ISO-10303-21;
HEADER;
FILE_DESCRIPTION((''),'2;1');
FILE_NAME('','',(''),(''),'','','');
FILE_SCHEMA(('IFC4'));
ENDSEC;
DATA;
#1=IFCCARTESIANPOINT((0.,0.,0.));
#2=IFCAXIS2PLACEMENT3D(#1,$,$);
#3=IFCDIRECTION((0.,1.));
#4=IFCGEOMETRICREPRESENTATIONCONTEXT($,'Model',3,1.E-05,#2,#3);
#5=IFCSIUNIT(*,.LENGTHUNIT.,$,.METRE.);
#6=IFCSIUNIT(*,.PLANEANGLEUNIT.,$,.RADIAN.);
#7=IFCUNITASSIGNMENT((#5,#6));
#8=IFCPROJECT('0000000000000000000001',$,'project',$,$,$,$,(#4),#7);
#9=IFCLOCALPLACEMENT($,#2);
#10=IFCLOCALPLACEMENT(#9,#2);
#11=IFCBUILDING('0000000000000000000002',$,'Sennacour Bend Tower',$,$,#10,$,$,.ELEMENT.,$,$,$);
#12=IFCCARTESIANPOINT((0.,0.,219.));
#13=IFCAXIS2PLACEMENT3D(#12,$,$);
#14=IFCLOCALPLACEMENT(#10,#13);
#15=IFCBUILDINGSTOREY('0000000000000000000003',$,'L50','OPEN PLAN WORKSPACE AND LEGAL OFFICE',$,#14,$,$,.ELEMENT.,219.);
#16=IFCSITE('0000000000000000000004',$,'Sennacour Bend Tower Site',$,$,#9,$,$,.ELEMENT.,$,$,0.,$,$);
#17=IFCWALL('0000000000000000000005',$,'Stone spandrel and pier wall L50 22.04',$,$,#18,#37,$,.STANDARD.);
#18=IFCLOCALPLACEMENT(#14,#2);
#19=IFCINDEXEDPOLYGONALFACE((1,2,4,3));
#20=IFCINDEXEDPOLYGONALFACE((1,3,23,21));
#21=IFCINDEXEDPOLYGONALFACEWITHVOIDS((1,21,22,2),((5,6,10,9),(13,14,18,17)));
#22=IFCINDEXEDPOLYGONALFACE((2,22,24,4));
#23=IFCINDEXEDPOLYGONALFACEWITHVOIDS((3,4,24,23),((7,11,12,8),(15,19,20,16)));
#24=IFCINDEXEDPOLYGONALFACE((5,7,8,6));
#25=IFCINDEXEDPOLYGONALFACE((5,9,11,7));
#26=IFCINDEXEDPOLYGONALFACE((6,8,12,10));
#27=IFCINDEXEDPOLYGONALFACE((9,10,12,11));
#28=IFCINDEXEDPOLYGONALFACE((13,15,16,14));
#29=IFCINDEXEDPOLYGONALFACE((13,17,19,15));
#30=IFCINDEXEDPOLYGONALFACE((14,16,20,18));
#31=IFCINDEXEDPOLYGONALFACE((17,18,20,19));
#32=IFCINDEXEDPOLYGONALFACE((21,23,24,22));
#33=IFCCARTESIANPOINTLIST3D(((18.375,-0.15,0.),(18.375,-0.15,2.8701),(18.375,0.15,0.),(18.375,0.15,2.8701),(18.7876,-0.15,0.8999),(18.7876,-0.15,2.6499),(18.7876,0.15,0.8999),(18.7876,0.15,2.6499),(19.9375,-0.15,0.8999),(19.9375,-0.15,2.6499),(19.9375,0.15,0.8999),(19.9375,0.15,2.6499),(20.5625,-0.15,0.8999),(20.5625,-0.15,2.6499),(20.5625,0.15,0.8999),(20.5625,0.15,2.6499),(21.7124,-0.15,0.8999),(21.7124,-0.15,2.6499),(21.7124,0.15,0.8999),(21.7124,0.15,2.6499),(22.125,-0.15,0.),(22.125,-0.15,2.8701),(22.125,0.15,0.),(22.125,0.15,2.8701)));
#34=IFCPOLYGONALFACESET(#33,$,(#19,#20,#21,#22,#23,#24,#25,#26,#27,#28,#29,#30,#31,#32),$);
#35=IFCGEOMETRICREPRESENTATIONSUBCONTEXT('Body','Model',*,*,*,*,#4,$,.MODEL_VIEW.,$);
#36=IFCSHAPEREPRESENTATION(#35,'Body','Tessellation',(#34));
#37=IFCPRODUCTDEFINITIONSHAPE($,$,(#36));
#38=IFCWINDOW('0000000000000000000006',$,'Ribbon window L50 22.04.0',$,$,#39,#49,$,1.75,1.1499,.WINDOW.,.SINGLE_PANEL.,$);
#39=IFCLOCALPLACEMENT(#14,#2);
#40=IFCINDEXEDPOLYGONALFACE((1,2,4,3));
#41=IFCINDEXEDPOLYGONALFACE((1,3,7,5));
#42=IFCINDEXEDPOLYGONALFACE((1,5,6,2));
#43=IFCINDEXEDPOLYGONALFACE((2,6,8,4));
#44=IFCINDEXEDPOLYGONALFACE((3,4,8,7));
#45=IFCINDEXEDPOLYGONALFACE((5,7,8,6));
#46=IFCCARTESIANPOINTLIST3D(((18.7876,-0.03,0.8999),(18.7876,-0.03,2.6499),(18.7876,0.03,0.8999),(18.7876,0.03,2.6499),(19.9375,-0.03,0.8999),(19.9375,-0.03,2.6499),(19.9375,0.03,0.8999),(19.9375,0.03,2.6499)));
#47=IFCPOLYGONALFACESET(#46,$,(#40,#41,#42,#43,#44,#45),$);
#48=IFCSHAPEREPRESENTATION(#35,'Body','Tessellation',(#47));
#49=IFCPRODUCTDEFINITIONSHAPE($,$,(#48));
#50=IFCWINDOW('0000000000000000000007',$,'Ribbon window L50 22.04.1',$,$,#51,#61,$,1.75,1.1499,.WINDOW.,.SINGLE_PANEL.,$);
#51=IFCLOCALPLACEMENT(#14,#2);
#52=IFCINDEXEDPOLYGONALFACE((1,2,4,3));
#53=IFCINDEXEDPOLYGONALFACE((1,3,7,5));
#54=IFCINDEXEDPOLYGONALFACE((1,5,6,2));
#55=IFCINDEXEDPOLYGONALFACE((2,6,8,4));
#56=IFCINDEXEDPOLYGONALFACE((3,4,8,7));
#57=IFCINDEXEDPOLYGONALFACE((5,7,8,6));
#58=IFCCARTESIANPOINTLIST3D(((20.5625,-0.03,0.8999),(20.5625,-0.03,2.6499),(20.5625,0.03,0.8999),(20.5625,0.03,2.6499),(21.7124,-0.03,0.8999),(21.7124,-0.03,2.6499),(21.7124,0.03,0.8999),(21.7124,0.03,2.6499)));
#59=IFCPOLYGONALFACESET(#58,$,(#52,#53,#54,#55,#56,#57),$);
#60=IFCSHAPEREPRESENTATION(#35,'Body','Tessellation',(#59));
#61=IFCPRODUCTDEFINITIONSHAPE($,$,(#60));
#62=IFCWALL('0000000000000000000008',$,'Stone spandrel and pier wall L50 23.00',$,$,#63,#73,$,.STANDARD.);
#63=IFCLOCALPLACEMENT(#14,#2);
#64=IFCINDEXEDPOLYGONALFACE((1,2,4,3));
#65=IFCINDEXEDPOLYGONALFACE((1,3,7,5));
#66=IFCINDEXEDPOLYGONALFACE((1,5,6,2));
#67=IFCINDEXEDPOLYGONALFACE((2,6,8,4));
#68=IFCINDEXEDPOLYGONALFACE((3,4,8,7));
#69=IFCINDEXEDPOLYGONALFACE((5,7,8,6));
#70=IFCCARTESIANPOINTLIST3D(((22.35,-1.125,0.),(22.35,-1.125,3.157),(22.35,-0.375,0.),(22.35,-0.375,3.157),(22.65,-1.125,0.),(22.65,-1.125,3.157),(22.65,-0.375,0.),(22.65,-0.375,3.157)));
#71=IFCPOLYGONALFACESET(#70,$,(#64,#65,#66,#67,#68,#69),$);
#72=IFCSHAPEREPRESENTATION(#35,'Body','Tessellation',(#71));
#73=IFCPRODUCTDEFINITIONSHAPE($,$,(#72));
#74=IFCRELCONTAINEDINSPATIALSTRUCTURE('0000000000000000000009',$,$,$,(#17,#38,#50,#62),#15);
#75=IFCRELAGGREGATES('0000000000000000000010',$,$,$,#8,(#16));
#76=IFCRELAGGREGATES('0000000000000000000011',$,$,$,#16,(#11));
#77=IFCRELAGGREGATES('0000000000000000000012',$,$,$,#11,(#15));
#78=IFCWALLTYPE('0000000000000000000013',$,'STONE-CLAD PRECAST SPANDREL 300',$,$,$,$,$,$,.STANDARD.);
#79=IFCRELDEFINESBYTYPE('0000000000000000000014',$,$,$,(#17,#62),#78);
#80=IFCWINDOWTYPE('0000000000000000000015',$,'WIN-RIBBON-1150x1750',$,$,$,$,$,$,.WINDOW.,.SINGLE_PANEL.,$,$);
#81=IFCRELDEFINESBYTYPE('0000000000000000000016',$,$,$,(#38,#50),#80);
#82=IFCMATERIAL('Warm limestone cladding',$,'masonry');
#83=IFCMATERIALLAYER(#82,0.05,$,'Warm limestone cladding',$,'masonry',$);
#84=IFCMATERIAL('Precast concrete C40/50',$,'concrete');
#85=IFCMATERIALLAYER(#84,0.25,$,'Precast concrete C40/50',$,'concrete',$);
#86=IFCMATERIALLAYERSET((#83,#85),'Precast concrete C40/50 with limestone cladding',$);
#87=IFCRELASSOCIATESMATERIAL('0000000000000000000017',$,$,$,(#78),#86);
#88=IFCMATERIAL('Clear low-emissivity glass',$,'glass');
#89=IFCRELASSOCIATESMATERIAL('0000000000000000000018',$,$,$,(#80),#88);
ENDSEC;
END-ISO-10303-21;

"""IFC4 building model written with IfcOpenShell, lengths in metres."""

from ifc_helpers import new_model, si_unit, direction, frame, frame_2d, origin, place, context, subcontext, project, spatial, rectangle, extrude, material, layer, layer_set, type_object, element, fill, save


model = new_model("IFC4")

# Units and contexts
model_context = context("Model", 3, precision=1e-05, world=origin(), true_north=direction((0.0, 1.0)))
body_context = subcontext(model_context, "Body", "Model", "MODEL_VIEW")
ifc_project = project(units=[si_unit("LENGTHUNIT", "METRE"), si_unit("PLANEANGLEUNIT", "RADIAN")], contexts=[model_context])

# Site, building, storey
site_placement = place(None, origin())
site = spatial("IfcSite", under=ifc_project, at=site_placement, Name="Sennacour Bend Tower Site", CompositionType="ELEMENT", RefElevation=0.0)
building_placement = place(site_placement, origin())
building = spatial("IfcBuilding", under=site, at=building_placement, Name="Sennacour Bend Tower", CompositionType="ELEMENT")
storey_placement = place(building_placement, frame((0.0, 0.0, 219.0)))
storey = spatial("IfcBuildingStorey", under=building, at=storey_placement, Name="L50", Description="OPEN PLAN WORKSPACE AND LEGAL OFFICE", CompositionType="ELEMENT", Elevation=219.0)

# Wall, openings, windows
ifc_material_1 = material(Name="Warm limestone cladding", Category="masonry")
ifc_layer_1 = layer(ifc_material_1, 0.05, Name="Warm limestone cladding", Category="masonry")
ifc_material_2 = material(Name="Precast concrete C40/50", Category="concrete")
ifc_layer_2 = layer(ifc_material_2, 0.25, Name="Precast concrete C40/50", Category="concrete")
ifc_layer_set_1 = layer_set([ifc_layer_1, ifc_layer_2], Name="Precast concrete C40/50 with limestone cladding")
wall_type_1 = type_object("IfcWallType", Name="STONE-CLAD PRECAST SPANDREL 300", PredefinedType="STANDARD", material=ifc_layer_set_1)
ifc_material_3 = material(Name="Clear low-emissivity glass", Category="glass")
wall_1_placement = place(storey_placement, frame((18.375, 0.0, 0.0), z_axis=(0.0, 0.0, 1.0), x_axis=(1.0, 0.0, 0.0)))
wall_1 = element("IfcWall", 1, at=wall_1_placement, inside=storey, type_object=wall_type_1, Name="Stone spandrel and pier wall L50 22.04", PredefinedType="STANDARD", context=body_context, shape_type="SweptSolid", body=[
    extrude(rectangle(XDim=3.75, YDim=0.3, at=frame_2d((1.875, 0.0))), origin(), (0.0, 0.0, 1.0), 2.8701),
])
opening_1_placement = place(wall_1_placement, frame((0.4126, 0.0, 0.8999)))
opening_1 = element("IfcOpeningElement", 2, at=opening_1_placement, cuts=wall_1, PredefinedType="OPENING", context=body_context, shape_type="SweptSolid", body=[
    extrude(rectangle(XDim=1.1499, YDim=1.75, at=frame_2d((0.575, 0.875))), frame((0.0, 0.1602, 0.0), z_axis=(0.0, -1.0, 0.0), x_axis=(1.0, 0.0, 0.0)), (0.0, 0.0, 1.0), 0.3201),
])
opening_2_placement = place(wall_1_placement, frame((2.1875, 0.0, 0.8999)))
opening_2 = element("IfcOpeningElement", 3, at=opening_2_placement, cuts=wall_1, PredefinedType="OPENING", context=body_context, shape_type="SweptSolid", body=[
    extrude(rectangle(XDim=1.1499, YDim=1.75, at=frame_2d((0.575, 0.875))), frame((0.0, 0.1602, 0.0), z_axis=(0.0, -1.0, 0.0), x_axis=(1.0, 0.0, 0.0)), (0.0, 0.0, 1.0), 0.3201),
])
window_type_1 = type_object("IfcWindowType", Name="WIN-RIBBON-1150x1750", PartitioningType="SINGLE_PANEL", PredefinedType="WINDOW", material=ifc_material_3)
window_1_placement = place(opening_1_placement, origin())
window_1 = element("IfcWindow", 4, at=window_1_placement, inside=storey, type_object=window_type_1, Name="Ribbon window L50 22.04.0", OverallHeight=1.75, OverallWidth=1.1499, PartitioningType="SINGLE_PANEL", PredefinedType="WINDOW", context=body_context, shape_type="SweptSolid", body=[
    extrude(rectangle(XDim=1.1499, YDim=1.75, at=frame_2d((0.575, 0.875))), frame((0.0, 0.03, 0.0), z_axis=(0.0, -1.0, 0.0), x_axis=(1.0, 0.0, 0.0)), (0.0, 0.0, 1.0), 0.0601),
])
fill(opening_1, window_1)
window_2_placement = place(opening_2_placement, origin())
window_2 = element("IfcWindow", 5, at=window_2_placement, inside=storey, type_object=window_type_1, Name="Ribbon window L50 22.04.1", OverallHeight=1.75, OverallWidth=1.1499, PartitioningType="SINGLE_PANEL", PredefinedType="WINDOW", context=body_context, shape_type="SweptSolid", body=[
    extrude(rectangle(XDim=1.1499, YDim=1.75, at=frame_2d((0.575, 0.875))), frame((0.0, 0.03, 0.0), z_axis=(0.0, -1.0, 0.0), x_axis=(1.0, 0.0, 0.0)), (0.0, 0.0, 1.0), 0.0601),
])
fill(opening_2, window_2)

# Wall
wall_2_placement = place(storey_placement, frame((22.5, -0.375, 0.0), z_axis=(0.0, 0.0, 1.0), x_axis=(0.0, -1.0, 0.0)))
element("IfcWall", 6, at=wall_2_placement, inside=storey, type_object=wall_type_1, Name="Stone spandrel and pier wall L50 23.00", PredefinedType="STANDARD", context=body_context, shape_type="SweptSolid", body=[
    extrude(rectangle(XDim=0.75, YDim=0.3, at=frame_2d((0.375, 0.0))), origin(), (0.0, 0.0, 1.0), 3.157),
])

save(model, "model.ifc")
